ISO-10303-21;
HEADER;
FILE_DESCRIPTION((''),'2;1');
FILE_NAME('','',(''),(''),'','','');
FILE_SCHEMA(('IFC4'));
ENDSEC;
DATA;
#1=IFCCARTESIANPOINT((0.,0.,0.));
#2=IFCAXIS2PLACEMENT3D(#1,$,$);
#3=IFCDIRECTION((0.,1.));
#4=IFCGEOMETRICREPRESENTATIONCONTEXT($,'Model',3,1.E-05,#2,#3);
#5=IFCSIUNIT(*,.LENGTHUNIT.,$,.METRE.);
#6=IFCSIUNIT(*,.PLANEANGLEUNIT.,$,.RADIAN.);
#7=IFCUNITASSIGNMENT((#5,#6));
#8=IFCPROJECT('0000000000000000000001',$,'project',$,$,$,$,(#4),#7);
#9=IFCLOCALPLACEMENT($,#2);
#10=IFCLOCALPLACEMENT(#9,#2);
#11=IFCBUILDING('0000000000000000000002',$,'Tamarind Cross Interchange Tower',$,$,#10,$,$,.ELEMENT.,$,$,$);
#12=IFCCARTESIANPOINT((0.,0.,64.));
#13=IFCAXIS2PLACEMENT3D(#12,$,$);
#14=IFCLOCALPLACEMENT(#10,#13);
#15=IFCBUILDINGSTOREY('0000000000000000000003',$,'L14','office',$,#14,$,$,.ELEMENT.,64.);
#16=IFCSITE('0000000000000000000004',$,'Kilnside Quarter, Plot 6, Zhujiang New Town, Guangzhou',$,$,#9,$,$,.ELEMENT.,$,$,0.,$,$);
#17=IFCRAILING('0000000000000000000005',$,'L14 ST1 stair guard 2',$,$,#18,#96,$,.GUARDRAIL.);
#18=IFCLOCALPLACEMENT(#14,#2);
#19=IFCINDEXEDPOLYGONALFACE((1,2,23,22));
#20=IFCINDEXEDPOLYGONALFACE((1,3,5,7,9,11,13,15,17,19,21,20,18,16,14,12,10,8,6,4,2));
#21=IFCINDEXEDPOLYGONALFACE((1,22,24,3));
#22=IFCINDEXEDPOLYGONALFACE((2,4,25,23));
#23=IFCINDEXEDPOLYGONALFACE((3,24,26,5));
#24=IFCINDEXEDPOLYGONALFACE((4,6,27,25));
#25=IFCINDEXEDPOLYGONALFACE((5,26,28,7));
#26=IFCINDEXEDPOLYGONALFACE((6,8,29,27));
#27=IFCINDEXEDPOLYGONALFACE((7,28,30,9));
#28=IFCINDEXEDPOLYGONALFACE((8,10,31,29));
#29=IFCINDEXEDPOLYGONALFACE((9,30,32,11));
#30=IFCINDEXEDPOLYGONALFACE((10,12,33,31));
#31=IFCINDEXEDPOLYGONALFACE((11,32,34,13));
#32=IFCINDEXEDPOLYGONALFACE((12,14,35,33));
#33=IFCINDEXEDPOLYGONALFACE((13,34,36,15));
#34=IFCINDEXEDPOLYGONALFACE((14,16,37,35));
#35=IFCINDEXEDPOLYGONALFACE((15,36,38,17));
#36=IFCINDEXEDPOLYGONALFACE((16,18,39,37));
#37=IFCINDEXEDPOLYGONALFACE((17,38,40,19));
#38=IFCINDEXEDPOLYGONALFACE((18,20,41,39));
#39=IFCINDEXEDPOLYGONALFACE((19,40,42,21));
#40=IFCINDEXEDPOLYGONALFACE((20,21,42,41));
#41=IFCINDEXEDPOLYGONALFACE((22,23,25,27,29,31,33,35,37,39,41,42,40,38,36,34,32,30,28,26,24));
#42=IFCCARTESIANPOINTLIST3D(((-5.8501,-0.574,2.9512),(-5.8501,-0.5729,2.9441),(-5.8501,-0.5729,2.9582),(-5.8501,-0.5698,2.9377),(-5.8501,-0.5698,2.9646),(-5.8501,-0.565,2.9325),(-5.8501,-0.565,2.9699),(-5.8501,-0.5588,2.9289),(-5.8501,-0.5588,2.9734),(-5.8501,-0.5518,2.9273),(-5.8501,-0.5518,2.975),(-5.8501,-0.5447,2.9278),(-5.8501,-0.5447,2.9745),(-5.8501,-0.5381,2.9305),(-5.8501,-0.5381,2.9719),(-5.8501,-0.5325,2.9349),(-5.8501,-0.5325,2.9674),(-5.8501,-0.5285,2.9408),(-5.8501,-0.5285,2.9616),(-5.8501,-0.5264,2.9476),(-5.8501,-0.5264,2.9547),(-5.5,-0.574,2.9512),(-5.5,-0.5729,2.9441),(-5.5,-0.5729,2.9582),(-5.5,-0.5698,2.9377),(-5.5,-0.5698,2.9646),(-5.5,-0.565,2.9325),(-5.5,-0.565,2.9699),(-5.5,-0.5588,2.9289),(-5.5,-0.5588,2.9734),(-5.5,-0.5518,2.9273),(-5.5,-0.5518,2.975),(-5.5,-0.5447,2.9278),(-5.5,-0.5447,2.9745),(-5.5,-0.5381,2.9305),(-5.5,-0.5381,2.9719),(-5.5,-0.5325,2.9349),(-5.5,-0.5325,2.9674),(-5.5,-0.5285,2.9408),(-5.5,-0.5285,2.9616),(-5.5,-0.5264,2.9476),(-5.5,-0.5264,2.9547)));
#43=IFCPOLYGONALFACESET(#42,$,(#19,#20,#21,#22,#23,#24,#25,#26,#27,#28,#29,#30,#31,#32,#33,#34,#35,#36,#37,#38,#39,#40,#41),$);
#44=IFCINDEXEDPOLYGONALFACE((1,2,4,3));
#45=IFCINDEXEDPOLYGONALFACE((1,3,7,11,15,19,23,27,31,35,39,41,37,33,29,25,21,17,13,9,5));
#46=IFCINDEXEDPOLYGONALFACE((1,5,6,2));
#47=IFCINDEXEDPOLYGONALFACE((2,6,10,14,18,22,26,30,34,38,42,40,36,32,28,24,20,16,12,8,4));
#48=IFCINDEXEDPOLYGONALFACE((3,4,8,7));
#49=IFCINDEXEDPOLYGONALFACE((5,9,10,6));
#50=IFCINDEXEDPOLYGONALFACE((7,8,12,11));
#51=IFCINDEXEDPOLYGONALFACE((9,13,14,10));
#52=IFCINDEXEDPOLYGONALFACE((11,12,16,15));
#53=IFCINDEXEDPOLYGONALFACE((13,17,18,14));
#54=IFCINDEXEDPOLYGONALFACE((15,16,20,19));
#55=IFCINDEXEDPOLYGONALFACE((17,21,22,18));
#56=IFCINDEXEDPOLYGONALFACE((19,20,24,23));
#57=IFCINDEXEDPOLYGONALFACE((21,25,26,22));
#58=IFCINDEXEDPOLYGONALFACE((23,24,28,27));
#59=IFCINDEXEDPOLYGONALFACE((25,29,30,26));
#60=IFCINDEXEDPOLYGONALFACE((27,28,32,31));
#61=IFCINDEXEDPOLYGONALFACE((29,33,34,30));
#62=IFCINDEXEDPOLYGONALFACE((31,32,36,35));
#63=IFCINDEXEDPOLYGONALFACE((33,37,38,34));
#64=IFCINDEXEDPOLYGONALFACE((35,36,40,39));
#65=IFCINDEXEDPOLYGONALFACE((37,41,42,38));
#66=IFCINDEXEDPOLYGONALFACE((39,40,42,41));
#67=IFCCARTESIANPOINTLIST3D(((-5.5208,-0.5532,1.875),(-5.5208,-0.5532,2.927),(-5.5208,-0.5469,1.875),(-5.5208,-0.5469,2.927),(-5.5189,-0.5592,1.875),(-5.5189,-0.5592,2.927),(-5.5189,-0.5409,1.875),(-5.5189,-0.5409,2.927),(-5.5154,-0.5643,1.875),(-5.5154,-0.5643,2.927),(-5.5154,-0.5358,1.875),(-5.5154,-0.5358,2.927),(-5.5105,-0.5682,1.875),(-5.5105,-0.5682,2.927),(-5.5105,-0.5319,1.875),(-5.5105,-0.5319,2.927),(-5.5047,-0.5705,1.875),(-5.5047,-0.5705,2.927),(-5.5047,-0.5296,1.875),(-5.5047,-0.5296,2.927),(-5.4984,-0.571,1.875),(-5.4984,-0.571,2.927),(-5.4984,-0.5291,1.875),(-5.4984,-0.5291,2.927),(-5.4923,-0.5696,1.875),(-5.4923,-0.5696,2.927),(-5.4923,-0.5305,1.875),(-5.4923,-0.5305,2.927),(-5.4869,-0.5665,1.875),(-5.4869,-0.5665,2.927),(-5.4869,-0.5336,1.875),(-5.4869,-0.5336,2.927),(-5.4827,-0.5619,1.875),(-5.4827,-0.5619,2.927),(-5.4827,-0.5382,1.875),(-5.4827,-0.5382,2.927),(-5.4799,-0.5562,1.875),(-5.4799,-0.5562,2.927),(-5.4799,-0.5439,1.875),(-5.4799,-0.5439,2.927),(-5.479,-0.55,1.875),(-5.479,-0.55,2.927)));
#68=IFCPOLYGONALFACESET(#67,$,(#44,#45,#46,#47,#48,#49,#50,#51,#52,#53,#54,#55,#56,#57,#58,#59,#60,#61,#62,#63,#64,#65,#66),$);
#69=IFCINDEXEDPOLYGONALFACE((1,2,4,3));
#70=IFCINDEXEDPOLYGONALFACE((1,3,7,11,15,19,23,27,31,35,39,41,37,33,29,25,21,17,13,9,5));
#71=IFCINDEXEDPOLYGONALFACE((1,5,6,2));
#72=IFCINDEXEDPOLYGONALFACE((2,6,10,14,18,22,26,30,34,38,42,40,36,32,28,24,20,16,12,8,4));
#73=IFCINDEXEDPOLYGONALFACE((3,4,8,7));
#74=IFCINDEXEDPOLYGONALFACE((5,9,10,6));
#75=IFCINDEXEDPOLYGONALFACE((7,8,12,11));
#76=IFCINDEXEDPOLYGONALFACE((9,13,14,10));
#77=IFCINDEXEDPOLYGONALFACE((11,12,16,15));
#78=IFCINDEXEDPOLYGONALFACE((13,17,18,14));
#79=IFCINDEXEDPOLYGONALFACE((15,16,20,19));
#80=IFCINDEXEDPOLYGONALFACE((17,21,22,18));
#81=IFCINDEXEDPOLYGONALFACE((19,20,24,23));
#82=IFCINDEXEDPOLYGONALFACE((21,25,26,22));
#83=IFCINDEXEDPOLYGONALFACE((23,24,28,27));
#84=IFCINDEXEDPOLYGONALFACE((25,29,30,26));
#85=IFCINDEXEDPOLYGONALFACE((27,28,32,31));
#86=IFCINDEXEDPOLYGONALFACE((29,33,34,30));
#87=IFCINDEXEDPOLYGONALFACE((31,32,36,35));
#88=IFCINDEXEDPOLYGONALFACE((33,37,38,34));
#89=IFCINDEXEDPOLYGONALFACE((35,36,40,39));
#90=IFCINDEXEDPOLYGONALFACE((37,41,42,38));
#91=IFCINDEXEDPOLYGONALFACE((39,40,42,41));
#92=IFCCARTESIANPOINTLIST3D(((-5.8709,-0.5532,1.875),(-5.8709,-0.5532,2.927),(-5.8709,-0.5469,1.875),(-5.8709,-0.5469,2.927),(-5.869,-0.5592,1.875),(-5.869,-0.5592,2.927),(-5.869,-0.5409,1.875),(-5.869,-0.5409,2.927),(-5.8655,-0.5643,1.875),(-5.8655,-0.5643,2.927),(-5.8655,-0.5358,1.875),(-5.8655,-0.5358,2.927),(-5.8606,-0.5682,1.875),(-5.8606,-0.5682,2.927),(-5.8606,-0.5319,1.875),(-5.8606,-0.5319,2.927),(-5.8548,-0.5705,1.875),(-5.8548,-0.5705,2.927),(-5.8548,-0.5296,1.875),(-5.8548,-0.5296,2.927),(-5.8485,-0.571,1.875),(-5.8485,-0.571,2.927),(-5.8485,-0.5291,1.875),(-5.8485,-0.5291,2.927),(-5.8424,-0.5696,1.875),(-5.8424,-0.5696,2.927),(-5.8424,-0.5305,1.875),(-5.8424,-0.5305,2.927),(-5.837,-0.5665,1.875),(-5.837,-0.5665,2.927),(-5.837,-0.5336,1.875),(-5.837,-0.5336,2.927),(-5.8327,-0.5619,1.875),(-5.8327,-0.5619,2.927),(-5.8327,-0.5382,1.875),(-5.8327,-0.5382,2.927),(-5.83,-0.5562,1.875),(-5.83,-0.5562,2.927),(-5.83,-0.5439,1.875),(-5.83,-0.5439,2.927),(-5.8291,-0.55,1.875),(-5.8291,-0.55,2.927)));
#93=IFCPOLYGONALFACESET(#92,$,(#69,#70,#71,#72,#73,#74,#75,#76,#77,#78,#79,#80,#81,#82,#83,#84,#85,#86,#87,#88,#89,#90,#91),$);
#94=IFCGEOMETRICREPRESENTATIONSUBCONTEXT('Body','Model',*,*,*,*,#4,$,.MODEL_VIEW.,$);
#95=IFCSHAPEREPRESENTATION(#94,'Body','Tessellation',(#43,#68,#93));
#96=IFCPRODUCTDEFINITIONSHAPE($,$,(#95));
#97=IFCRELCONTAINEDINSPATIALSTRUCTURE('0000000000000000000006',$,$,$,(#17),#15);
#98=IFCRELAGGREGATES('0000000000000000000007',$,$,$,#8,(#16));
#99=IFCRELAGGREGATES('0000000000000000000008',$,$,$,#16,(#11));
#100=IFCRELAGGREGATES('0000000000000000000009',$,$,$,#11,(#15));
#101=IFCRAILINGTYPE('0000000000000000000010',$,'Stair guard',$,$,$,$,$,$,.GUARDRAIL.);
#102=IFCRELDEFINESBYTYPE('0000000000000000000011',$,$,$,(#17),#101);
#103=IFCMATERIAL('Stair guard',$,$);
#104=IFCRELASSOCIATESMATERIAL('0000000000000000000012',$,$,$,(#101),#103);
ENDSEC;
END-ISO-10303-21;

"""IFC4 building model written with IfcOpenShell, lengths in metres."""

from ifc_helpers import new_model, si_unit, direction, frame, origin, origin_2d, place, context, subcontext, project, spatial, circle, extrude, material, type_object, element, save


model = new_model("IFC4")

# Units and contexts
model_context = context("Model", 3, precision=1e-05, world=origin(), true_north=direction((0.0, 1.0)))
body_context = subcontext(model_context, "Body", "Model", "MODEL_VIEW")
ifc_project = project(units=[si_unit("LENGTHUNIT", "METRE"), si_unit("PLANEANGLEUNIT", "RADIAN")], contexts=[model_context])

# Site, building, storey
site_placement = place(None, origin())
site = spatial("IfcSite", under=ifc_project, at=site_placement, Name="Kilnside Quarter, Plot 6, Zhujiang New Town, Guangzhou", CompositionType="ELEMENT", RefElevation=0.0)
building_placement = place(site_placement, origin())
building = spatial("IfcBuilding", under=site, at=building_placement, Name="Tamarind Cross Interchange Tower", CompositionType="ELEMENT")
storey_placement = place(building_placement, frame((0.0, 0.0, 64.0)))
storey = spatial("IfcBuildingStorey", under=building, at=storey_placement, Name="L14", Description="office", CompositionType="ELEMENT", Elevation=64.0)

# Railing
ifc_material_1 = material(Name="Stair guard")
railing_type_1 = type_object("IfcRailingType", Name="Stair guard", PredefinedType="GUARDRAIL", material=ifc_material_1)
railing_1_placement = place(storey_placement, frame((-5.5, -0.55, 1.875)))
element("IfcRailing", 1, at=railing_1_placement, inside=storey, type_object=railing_type_1, Name="L14 ST1 stair guard 2", PredefinedType="GUARDRAIL", context=body_context, shape_type="SweptSolid", body=[
    extrude(circle(Radius=0.0239, at=origin_2d()), frame((0.0, 0.0, 1.0762), z_axis=(-1.0, 0.0, 0.0), x_axis=(0.0, -1.0, 0.0)), (0.0, 0.0, 1.0), 0.3501),
    extrude(circle(Radius=0.021, at=origin_2d()), origin(), (0.0, 0.0, 1.0), 1.052),
    extrude(circle(Radius=0.021, at=origin_2d()), frame((-0.3501, 0.0, 0.0)), (0.0, 0.0, 1.0), 1.052),
])

save(model, "model.ifc")
